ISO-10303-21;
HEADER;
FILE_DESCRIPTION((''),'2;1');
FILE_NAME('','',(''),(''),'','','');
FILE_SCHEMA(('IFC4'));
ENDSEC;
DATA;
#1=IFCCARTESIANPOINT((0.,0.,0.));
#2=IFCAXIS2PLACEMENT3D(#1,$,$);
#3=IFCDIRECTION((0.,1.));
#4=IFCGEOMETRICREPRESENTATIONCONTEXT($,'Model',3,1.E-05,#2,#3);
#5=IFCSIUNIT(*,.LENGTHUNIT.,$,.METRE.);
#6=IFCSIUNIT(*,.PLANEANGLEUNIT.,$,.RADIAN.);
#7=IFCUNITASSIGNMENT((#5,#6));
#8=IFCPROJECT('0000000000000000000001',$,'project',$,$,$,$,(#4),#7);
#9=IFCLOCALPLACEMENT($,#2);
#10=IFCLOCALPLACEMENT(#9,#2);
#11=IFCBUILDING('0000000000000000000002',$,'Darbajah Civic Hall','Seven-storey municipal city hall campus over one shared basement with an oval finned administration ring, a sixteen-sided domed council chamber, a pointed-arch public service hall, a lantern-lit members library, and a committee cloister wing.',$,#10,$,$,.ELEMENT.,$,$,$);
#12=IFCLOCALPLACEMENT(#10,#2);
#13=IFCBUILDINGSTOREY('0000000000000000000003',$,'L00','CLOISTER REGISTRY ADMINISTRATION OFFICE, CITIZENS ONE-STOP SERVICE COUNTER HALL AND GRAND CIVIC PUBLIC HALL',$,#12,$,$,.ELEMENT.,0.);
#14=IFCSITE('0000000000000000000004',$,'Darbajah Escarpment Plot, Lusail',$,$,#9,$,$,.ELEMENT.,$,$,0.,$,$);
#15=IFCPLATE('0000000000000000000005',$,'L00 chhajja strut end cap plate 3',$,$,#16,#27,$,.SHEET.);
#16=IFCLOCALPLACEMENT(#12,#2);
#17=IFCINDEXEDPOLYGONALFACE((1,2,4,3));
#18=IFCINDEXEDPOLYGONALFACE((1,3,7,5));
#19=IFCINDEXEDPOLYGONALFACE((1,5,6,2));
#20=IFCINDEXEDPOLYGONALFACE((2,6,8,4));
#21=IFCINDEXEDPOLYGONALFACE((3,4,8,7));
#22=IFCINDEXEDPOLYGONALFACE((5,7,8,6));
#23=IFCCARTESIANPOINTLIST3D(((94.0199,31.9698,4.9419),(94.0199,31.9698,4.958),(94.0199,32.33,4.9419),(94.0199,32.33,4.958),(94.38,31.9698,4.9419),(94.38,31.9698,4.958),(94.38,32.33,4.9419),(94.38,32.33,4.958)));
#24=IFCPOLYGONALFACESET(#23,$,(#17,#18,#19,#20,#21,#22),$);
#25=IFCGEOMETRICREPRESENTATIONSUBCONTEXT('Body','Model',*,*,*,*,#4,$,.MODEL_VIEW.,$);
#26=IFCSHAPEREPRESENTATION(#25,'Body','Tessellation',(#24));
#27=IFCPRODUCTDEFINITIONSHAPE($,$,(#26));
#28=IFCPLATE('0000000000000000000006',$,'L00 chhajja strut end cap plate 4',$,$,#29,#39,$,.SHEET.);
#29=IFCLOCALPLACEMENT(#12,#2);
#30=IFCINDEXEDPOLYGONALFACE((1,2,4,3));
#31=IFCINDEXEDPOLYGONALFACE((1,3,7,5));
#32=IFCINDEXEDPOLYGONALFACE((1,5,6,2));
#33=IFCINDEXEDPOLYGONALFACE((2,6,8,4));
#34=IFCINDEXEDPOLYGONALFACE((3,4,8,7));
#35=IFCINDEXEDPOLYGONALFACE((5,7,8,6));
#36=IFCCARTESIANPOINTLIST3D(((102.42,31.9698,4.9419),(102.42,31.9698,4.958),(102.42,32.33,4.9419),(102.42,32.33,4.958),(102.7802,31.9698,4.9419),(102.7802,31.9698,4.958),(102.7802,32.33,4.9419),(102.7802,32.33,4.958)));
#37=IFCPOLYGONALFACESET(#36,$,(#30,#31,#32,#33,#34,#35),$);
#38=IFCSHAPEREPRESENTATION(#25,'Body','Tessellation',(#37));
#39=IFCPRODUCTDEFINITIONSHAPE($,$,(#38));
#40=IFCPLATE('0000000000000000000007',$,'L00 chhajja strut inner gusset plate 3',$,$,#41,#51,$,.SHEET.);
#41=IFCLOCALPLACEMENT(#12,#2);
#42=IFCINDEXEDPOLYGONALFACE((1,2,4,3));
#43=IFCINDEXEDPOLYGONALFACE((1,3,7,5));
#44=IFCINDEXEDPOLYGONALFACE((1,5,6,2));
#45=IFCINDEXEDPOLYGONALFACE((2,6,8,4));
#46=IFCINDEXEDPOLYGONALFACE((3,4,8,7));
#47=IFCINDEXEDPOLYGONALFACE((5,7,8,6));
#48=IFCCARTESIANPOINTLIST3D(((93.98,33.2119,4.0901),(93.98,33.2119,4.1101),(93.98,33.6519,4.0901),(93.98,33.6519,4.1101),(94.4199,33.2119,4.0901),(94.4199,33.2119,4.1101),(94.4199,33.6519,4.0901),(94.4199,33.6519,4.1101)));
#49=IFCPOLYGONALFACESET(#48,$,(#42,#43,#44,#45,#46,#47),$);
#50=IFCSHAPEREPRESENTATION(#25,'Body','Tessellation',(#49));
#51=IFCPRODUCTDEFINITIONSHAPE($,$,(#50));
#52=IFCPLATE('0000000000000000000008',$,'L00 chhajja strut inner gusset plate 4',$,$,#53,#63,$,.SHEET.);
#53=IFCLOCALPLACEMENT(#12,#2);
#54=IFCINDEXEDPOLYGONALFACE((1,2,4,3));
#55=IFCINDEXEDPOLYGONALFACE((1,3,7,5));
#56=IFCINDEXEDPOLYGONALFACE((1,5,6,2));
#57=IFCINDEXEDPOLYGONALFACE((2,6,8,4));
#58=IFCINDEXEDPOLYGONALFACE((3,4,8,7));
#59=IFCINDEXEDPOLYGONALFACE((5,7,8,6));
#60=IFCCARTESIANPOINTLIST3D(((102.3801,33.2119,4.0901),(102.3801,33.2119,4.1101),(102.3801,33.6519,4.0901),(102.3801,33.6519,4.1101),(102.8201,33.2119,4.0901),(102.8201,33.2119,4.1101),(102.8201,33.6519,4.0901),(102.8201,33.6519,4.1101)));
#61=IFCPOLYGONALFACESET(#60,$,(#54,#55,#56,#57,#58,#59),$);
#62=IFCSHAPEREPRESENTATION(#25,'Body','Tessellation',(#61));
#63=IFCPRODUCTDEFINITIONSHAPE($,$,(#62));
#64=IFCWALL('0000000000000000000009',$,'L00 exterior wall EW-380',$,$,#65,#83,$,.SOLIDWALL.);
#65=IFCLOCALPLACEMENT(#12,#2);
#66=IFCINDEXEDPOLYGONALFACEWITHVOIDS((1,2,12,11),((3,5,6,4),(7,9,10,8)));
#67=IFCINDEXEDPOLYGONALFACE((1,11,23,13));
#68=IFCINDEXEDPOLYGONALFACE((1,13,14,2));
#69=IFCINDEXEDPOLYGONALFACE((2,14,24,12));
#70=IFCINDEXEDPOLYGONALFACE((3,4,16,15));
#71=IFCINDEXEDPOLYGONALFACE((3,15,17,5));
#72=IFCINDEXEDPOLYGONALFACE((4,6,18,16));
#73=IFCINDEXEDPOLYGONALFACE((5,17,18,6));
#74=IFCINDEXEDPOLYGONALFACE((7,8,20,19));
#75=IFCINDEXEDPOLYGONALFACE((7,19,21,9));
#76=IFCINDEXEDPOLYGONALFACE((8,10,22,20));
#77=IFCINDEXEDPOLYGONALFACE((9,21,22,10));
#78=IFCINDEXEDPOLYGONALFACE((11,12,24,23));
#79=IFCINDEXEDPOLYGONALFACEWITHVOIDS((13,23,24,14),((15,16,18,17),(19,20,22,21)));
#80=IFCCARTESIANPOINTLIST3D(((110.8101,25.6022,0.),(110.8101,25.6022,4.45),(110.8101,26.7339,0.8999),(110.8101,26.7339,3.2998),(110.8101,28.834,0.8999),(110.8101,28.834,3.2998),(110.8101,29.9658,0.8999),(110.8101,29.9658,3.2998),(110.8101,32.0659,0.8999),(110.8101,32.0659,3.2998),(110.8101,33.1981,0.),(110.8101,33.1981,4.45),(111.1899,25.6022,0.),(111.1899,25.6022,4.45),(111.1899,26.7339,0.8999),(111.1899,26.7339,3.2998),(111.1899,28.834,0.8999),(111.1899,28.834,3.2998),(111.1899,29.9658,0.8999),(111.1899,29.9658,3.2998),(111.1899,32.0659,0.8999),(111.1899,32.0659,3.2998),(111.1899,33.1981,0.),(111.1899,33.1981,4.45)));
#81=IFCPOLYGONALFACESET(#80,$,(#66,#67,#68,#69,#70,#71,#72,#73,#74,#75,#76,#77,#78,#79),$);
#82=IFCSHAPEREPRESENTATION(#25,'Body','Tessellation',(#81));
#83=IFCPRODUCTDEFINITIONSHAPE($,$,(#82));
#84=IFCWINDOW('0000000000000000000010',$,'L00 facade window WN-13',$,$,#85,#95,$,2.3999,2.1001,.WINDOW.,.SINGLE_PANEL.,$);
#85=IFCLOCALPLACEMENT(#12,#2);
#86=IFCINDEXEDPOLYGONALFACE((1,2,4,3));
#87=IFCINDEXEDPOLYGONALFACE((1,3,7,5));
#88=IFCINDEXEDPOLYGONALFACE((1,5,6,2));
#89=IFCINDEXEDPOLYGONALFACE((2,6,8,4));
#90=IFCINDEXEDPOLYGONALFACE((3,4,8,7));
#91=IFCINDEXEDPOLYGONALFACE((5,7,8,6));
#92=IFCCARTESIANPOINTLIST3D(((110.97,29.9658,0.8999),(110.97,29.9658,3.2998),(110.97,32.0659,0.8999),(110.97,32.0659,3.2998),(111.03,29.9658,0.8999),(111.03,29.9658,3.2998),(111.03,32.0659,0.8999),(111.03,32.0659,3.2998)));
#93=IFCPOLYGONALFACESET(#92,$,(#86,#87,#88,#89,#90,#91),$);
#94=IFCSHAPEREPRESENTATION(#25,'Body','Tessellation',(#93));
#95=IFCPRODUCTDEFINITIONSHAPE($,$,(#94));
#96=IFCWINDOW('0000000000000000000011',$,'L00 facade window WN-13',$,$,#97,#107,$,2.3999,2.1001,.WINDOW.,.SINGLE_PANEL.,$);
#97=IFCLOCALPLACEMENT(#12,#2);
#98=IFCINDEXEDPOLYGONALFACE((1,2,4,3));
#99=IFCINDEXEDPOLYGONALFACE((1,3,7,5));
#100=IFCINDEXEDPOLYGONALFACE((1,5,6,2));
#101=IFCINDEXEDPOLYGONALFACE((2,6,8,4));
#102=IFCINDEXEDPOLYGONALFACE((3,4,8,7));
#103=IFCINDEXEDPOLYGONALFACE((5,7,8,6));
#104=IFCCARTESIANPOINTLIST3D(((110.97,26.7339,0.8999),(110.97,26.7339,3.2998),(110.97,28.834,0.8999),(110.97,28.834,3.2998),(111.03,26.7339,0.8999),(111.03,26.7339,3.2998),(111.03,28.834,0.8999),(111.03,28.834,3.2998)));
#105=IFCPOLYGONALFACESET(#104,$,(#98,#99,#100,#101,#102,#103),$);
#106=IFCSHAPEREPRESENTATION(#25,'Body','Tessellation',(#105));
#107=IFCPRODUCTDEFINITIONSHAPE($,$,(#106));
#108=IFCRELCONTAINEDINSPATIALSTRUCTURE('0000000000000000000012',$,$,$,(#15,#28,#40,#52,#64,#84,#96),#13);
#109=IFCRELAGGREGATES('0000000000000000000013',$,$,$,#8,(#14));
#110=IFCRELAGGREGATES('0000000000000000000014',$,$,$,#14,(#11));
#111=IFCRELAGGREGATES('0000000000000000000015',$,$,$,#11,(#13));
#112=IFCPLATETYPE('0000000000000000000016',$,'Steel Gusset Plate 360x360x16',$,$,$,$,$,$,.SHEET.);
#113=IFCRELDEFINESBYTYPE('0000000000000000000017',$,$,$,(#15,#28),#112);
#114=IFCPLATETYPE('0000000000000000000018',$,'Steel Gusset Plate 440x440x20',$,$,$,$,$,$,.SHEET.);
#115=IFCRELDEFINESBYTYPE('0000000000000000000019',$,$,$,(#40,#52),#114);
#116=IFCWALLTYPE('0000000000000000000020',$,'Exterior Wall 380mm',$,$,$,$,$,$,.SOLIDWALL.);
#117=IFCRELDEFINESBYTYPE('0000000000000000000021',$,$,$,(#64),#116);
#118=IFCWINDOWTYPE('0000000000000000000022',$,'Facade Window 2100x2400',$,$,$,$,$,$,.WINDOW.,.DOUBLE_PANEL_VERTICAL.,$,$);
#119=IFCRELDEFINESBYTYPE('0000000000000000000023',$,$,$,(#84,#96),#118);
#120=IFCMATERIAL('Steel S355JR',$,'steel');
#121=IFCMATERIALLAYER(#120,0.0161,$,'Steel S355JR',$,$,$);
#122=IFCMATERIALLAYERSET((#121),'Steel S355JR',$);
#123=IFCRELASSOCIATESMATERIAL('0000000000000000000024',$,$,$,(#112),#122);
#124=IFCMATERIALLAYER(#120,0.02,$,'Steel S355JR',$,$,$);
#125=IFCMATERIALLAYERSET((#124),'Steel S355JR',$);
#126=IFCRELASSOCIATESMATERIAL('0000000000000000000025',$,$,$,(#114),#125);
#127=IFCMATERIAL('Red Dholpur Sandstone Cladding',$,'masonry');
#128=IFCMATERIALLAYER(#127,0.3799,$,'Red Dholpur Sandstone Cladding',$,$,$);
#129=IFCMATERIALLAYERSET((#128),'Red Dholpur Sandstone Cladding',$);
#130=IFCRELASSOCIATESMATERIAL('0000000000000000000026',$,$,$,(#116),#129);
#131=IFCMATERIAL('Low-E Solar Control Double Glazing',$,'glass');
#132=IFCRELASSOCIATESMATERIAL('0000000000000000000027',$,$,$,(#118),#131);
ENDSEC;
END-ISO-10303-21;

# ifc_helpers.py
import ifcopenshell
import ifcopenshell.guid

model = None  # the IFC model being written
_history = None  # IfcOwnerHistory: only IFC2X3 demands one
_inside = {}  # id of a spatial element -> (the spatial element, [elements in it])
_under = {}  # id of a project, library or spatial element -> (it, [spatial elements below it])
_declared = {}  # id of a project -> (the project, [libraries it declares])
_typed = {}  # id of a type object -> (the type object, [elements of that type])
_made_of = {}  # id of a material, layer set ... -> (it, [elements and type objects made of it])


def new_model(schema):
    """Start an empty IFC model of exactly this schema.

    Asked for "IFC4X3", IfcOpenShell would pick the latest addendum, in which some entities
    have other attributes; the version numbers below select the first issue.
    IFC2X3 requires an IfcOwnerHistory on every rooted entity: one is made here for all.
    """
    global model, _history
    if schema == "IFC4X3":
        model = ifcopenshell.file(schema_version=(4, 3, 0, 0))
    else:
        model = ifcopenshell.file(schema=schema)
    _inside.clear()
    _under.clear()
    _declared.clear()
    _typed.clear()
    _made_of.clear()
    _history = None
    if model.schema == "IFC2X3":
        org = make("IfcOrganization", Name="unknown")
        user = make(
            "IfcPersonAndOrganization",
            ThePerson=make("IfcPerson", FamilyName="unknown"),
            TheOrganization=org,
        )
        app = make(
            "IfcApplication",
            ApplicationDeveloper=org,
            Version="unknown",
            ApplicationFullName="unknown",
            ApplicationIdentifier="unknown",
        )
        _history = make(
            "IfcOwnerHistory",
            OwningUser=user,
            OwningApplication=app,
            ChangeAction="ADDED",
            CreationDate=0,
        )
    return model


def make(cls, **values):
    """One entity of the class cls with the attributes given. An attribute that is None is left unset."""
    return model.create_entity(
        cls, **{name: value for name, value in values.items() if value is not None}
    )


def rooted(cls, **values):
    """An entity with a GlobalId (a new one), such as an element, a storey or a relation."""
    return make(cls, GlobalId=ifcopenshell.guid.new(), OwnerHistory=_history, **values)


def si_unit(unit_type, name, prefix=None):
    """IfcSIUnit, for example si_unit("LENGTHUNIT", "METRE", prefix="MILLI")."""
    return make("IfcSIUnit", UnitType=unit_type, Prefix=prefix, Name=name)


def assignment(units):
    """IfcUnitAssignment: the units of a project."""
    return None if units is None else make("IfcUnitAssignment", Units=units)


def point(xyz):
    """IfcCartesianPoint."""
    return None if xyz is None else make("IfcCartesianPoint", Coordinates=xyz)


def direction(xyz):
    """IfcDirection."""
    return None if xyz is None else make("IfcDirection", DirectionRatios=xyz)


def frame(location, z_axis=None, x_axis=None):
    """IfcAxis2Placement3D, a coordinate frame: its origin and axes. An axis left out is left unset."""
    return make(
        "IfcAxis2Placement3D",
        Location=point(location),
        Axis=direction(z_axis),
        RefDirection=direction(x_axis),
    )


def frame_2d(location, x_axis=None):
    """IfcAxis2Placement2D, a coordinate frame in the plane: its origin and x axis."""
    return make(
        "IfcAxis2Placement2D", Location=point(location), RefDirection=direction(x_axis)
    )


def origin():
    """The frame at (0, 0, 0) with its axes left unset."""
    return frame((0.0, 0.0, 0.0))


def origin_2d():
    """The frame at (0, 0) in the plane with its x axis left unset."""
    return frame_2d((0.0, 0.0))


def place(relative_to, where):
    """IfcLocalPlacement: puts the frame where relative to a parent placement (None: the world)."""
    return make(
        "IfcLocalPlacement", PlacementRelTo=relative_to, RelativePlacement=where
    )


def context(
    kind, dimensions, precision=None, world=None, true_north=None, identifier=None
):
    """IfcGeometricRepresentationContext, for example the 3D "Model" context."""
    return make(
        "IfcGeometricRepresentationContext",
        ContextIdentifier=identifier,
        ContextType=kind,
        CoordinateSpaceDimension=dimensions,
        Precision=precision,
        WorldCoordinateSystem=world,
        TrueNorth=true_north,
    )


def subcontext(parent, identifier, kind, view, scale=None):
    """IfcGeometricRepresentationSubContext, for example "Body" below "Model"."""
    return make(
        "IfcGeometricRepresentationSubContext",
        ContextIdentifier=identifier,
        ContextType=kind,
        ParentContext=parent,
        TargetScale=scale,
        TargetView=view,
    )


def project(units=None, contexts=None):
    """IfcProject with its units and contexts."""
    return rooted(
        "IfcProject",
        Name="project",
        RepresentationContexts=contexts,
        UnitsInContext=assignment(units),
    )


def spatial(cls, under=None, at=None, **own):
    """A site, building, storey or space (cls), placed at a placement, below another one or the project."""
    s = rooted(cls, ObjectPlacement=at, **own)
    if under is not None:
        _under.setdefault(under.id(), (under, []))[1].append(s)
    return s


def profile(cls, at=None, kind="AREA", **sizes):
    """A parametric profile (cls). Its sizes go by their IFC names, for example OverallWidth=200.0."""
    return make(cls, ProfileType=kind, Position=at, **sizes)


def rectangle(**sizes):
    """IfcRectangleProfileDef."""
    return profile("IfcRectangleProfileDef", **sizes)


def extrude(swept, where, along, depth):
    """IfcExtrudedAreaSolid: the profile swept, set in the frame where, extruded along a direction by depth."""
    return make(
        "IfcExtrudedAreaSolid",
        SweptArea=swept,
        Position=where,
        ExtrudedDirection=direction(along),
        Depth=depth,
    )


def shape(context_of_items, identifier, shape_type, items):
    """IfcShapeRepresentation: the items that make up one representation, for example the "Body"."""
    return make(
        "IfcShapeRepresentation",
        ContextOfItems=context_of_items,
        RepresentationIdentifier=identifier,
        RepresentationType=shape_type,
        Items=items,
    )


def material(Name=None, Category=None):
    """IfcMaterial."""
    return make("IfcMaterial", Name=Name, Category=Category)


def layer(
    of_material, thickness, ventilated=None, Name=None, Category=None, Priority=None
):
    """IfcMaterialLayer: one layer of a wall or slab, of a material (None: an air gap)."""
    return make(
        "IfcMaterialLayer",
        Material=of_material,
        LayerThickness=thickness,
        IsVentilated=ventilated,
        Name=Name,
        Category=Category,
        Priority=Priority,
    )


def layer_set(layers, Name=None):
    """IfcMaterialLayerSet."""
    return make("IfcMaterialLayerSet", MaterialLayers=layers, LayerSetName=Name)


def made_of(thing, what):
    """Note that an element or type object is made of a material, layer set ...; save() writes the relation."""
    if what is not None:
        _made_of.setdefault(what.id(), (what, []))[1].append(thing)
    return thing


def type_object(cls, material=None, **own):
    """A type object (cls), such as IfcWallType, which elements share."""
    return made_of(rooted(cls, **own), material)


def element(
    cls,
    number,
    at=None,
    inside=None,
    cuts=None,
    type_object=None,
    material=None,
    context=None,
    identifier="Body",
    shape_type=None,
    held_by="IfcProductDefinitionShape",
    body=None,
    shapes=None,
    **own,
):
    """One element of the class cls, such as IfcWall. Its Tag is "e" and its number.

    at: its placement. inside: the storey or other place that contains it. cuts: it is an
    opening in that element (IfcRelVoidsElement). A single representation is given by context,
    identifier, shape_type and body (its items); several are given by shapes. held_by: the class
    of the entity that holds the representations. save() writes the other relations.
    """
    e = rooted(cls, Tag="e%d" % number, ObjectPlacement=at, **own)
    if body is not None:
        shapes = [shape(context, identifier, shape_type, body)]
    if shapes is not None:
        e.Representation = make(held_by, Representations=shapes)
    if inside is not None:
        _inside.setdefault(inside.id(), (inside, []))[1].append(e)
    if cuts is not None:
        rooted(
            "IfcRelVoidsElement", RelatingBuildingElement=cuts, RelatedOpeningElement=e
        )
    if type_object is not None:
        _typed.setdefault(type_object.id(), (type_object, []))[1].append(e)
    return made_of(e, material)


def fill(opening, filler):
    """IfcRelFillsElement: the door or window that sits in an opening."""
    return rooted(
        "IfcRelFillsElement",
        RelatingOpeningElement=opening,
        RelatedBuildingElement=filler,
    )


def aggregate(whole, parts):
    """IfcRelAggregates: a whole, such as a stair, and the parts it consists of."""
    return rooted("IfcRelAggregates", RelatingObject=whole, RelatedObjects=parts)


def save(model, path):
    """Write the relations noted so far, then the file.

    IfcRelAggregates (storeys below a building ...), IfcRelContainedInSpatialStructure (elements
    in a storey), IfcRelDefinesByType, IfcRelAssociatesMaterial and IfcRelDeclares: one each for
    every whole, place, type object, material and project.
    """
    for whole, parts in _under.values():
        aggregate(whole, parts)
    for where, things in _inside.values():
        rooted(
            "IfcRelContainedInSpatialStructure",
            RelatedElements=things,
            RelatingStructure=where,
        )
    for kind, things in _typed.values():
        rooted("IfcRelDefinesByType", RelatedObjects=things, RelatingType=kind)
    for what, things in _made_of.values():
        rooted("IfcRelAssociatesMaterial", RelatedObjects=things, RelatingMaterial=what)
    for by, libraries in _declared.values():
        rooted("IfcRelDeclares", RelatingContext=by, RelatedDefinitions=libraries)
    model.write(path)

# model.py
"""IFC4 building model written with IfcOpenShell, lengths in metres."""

from ifc_helpers import new_model, si_unit, direction, frame, frame_2d, origin, origin_2d, place, context, subcontext, project, spatial, rectangle, extrude, material, layer, layer_set, type_object, element, fill, save


model = new_model("IFC4")

# Units and contexts
model_context = context("Model", 3, precision=1e-05, world=origin(), true_north=direction((0.0, 1.0)))
body_context = subcontext(model_context, "Body", "Model", "MODEL_VIEW")
ifc_project = project(units=[si_unit("LENGTHUNIT", "METRE"), si_unit("PLANEANGLEUNIT", "RADIAN")], contexts=[model_context])

# Site, building, storey
site_placement = place(None, origin())
site = spatial("IfcSite", under=ifc_project, at=site_placement, Name="Darbajah Escarpment Plot, Lusail", CompositionType="ELEMENT", RefElevation=0.0)
building_placement = place(site_placement, origin())
building = spatial("IfcBuilding", under=site, at=building_placement, Name="Darbajah Civic Hall", Description="Seven-storey municipal city hall campus over one shared basement with an oval finned administration ring, a sixteen-sided domed council chamber, a pointed-arch public service hall, a lantern-lit members library, and a committee cloister wing.", CompositionType="ELEMENT")
storey_placement = place(building_placement, origin())
storey = spatial("IfcBuildingStorey", under=building, at=storey_placement, Name="L00", Description="CLOISTER REGISTRY ADMINISTRATION OFFICE, CITIZENS ONE-STOP SERVICE COUNTER HALL AND GRAND CIVIC PUBLIC HALL", CompositionType="ELEMENT", Elevation=0.0)

# Shared definitions
ifc_material_1 = material(Name="Steel S355JR", Category="steel")

# Plates
ifc_layer_1 = layer(ifc_material_1, 0.0161, Name="Steel S355JR")
ifc_layer_set_1 = layer_set([ifc_layer_1], Name="Steel S355JR")
plate_type_1 = type_object("IfcPlateType", Name="Steel Gusset Plate 360x360x16", PredefinedType="SHEET", material=ifc_layer_set_1)
for number, where, z_axis, x_axis, name in (
    (1, (94.2, 32.1499, 4.9419), (0.0, 0.0, 1.0), (1.0, 0.0, 0.0), "L00 chhajja strut end cap plate 3"),
    (2, (102.6001, 32.1499, 4.9419), (0.0, 0.0, 1.0), (1.0, 0.0, 0.0), "L00 chhajja strut end cap plate 4"),
):
    element("IfcPlate", number, at=place(storey_placement, frame(where, z_axis=z_axis, x_axis=x_axis)), inside=storey, type_object=plate_type_1, Name=name, PredefinedType="SHEET", context=body_context, shape_type="SweptSolid", body=[
        extrude(rectangle(XDim=0.3601, YDim=0.3601, at=origin_2d()), origin(), (0.0, 0.0, 1.0), 0.0161),
    ])
ifc_layer_2 = layer(ifc_material_1, 0.02, Name="Steel S355JR")
ifc_layer_set_2 = layer_set([ifc_layer_2], Name="Steel S355JR")
plate_type_2 = type_object("IfcPlateType", Name="Steel Gusset Plate 440x440x20", PredefinedType="SHEET", material=ifc_layer_set_2)
for number, where, z_axis, x_axis, name in (
    (3, (94.2, 33.4319, 4.0901), (0.0, 0.0, 1.0), (1.0, 0.0, 0.0), "L00 chhajja strut inner gusset plate 3"),
    (4, (102.6001, 33.4319, 4.0901), (0.0, 0.0, 1.0), (1.0, 0.0, 0.0), "L00 chhajja strut inner gusset plate 4"),
):
    element("IfcPlate", number, at=place(storey_placement, frame(where, z_axis=z_axis, x_axis=x_axis)), inside=storey, type_object=plate_type_2, Name=name, PredefinedType="SHEET", context=body_context, shape_type="SweptSolid", body=[
        extrude(rectangle(XDim=0.4399, YDim=0.4399, at=origin_2d()), origin(), (0.0, 0.0, 1.0), 0.02),
    ])

# Wall, openings, windows
ifc_material_2 = material(Name="Red Dholpur Sandstone Cladding", Category="masonry")
ifc_layer_3 = layer(ifc_material_2, 0.3799, Name="Red Dholpur Sandstone Cladding")
ifc_layer_set_3 = layer_set([ifc_layer_3], Name="Red Dholpur Sandstone Cladding")
wall_type = type_object("IfcWallType", Name="Exterior Wall 380mm", PredefinedType="SOLIDWALL", material=ifc_layer_set_3)
wall_placement = place(storey_placement, frame((111.0, 33.198, 0.0), z_axis=(0.0, 0.0, 1.0), x_axis=(0.0, -1.0, 0.0)))
wall = element("IfcWall", 5, at=wall_placement, inside=storey, type_object=wall_type, Name="L00 exterior wall EW-380", PredefinedType="SOLIDWALL", context=body_context, shape_type="SweptSolid", body=[
    extrude(rectangle(XDim=7.5959, YDim=0.3799, at=frame_2d((3.7979, 0.0))), origin(), (0.0, 0.0, 1.0), 4.45),
])
opening_1_placement = place(wall_placement, frame((1.1321, 0.0, 0.8999)))
opening_1 = element("IfcOpeningElement", 6, at=opening_1_placement, cuts=wall, PredefinedType="OPENING", context=body_context, shape_type="SweptSolid", body=[
    extrude(rectangle(XDim=2.1001, YDim=2.3999, at=frame_2d((1.05, 1.2))), frame((0.0, 0.2, 0.0), z_axis=(0.0, -1.0, 0.0), x_axis=(1.0, 0.0, 0.0)), (0.0, 0.0, 1.0), 0.3999),
])
opening_2_placement = place(wall_placement, frame((4.364, 0.0, 0.8999)))
opening_2 = element("IfcOpeningElement", 7, at=opening_2_placement, cuts=wall, PredefinedType="OPENING", context=body_context, shape_type="SweptSolid", body=[
    extrude(rectangle(XDim=2.1001, YDim=2.3999, at=frame_2d((1.05, 1.2))), frame((0.0, 0.2, 0.0), z_axis=(0.0, -1.0, 0.0), x_axis=(1.0, 0.0, 0.0)), (0.0, 0.0, 1.0), 0.3999),
])
ifc_material_3 = material(Name="Low-E Solar Control Double Glazing", Category="glass")
window_type = type_object("IfcWindowType", Name="Facade Window 2100x2400", PartitioningType="DOUBLE_PANEL_VERTICAL", PredefinedType="WINDOW", material=ifc_material_3)
window_1_placement = place(opening_1_placement, origin())
window_1 = element("IfcWindow", 8, at=window_1_placement, inside=storey, type_object=window_type, Name="L00 facade window WN-13", OverallHeight=2.3999, OverallWidth=2.1001, PartitioningType="SINGLE_PANEL", PredefinedType="WINDOW", context=body_context, shape_type="SweptSolid", body=[
    extrude(rectangle(XDim=2.1001, YDim=2.3999, at=frame_2d((1.05, 1.2))), frame((0.0, 0.03, 0.0), z_axis=(0.0, -1.0, 0.0), x_axis=(1.0, 0.0, 0.0)), (0.0, 0.0, 1.0), 0.0601),
])
fill(opening_1, window_1)
window_2_placement = place(opening_2_placement, origin())
window_2 = element("IfcWindow", 9, at=window_2_placement, inside=storey, type_object=window_type, Name="L00 facade window WN-13", OverallHeight=2.3999, OverallWidth=2.1001, PartitioningType="SINGLE_PANEL", PredefinedType="WINDOW", context=body_context, shape_type="SweptSolid", body=[
    extrude(rectangle(XDim=2.1001, YDim=2.3999, at=frame_2d((1.05, 1.2))), frame((0.0, 0.03, 0.0), z_axis=(0.0, -1.0, 0.0), x_axis=(1.0, 0.0, 0.0)), (0.0, 0.0, 1.0), 0.0601),
])
fill(opening_2, window_2)

save(model, "model.ifc")
